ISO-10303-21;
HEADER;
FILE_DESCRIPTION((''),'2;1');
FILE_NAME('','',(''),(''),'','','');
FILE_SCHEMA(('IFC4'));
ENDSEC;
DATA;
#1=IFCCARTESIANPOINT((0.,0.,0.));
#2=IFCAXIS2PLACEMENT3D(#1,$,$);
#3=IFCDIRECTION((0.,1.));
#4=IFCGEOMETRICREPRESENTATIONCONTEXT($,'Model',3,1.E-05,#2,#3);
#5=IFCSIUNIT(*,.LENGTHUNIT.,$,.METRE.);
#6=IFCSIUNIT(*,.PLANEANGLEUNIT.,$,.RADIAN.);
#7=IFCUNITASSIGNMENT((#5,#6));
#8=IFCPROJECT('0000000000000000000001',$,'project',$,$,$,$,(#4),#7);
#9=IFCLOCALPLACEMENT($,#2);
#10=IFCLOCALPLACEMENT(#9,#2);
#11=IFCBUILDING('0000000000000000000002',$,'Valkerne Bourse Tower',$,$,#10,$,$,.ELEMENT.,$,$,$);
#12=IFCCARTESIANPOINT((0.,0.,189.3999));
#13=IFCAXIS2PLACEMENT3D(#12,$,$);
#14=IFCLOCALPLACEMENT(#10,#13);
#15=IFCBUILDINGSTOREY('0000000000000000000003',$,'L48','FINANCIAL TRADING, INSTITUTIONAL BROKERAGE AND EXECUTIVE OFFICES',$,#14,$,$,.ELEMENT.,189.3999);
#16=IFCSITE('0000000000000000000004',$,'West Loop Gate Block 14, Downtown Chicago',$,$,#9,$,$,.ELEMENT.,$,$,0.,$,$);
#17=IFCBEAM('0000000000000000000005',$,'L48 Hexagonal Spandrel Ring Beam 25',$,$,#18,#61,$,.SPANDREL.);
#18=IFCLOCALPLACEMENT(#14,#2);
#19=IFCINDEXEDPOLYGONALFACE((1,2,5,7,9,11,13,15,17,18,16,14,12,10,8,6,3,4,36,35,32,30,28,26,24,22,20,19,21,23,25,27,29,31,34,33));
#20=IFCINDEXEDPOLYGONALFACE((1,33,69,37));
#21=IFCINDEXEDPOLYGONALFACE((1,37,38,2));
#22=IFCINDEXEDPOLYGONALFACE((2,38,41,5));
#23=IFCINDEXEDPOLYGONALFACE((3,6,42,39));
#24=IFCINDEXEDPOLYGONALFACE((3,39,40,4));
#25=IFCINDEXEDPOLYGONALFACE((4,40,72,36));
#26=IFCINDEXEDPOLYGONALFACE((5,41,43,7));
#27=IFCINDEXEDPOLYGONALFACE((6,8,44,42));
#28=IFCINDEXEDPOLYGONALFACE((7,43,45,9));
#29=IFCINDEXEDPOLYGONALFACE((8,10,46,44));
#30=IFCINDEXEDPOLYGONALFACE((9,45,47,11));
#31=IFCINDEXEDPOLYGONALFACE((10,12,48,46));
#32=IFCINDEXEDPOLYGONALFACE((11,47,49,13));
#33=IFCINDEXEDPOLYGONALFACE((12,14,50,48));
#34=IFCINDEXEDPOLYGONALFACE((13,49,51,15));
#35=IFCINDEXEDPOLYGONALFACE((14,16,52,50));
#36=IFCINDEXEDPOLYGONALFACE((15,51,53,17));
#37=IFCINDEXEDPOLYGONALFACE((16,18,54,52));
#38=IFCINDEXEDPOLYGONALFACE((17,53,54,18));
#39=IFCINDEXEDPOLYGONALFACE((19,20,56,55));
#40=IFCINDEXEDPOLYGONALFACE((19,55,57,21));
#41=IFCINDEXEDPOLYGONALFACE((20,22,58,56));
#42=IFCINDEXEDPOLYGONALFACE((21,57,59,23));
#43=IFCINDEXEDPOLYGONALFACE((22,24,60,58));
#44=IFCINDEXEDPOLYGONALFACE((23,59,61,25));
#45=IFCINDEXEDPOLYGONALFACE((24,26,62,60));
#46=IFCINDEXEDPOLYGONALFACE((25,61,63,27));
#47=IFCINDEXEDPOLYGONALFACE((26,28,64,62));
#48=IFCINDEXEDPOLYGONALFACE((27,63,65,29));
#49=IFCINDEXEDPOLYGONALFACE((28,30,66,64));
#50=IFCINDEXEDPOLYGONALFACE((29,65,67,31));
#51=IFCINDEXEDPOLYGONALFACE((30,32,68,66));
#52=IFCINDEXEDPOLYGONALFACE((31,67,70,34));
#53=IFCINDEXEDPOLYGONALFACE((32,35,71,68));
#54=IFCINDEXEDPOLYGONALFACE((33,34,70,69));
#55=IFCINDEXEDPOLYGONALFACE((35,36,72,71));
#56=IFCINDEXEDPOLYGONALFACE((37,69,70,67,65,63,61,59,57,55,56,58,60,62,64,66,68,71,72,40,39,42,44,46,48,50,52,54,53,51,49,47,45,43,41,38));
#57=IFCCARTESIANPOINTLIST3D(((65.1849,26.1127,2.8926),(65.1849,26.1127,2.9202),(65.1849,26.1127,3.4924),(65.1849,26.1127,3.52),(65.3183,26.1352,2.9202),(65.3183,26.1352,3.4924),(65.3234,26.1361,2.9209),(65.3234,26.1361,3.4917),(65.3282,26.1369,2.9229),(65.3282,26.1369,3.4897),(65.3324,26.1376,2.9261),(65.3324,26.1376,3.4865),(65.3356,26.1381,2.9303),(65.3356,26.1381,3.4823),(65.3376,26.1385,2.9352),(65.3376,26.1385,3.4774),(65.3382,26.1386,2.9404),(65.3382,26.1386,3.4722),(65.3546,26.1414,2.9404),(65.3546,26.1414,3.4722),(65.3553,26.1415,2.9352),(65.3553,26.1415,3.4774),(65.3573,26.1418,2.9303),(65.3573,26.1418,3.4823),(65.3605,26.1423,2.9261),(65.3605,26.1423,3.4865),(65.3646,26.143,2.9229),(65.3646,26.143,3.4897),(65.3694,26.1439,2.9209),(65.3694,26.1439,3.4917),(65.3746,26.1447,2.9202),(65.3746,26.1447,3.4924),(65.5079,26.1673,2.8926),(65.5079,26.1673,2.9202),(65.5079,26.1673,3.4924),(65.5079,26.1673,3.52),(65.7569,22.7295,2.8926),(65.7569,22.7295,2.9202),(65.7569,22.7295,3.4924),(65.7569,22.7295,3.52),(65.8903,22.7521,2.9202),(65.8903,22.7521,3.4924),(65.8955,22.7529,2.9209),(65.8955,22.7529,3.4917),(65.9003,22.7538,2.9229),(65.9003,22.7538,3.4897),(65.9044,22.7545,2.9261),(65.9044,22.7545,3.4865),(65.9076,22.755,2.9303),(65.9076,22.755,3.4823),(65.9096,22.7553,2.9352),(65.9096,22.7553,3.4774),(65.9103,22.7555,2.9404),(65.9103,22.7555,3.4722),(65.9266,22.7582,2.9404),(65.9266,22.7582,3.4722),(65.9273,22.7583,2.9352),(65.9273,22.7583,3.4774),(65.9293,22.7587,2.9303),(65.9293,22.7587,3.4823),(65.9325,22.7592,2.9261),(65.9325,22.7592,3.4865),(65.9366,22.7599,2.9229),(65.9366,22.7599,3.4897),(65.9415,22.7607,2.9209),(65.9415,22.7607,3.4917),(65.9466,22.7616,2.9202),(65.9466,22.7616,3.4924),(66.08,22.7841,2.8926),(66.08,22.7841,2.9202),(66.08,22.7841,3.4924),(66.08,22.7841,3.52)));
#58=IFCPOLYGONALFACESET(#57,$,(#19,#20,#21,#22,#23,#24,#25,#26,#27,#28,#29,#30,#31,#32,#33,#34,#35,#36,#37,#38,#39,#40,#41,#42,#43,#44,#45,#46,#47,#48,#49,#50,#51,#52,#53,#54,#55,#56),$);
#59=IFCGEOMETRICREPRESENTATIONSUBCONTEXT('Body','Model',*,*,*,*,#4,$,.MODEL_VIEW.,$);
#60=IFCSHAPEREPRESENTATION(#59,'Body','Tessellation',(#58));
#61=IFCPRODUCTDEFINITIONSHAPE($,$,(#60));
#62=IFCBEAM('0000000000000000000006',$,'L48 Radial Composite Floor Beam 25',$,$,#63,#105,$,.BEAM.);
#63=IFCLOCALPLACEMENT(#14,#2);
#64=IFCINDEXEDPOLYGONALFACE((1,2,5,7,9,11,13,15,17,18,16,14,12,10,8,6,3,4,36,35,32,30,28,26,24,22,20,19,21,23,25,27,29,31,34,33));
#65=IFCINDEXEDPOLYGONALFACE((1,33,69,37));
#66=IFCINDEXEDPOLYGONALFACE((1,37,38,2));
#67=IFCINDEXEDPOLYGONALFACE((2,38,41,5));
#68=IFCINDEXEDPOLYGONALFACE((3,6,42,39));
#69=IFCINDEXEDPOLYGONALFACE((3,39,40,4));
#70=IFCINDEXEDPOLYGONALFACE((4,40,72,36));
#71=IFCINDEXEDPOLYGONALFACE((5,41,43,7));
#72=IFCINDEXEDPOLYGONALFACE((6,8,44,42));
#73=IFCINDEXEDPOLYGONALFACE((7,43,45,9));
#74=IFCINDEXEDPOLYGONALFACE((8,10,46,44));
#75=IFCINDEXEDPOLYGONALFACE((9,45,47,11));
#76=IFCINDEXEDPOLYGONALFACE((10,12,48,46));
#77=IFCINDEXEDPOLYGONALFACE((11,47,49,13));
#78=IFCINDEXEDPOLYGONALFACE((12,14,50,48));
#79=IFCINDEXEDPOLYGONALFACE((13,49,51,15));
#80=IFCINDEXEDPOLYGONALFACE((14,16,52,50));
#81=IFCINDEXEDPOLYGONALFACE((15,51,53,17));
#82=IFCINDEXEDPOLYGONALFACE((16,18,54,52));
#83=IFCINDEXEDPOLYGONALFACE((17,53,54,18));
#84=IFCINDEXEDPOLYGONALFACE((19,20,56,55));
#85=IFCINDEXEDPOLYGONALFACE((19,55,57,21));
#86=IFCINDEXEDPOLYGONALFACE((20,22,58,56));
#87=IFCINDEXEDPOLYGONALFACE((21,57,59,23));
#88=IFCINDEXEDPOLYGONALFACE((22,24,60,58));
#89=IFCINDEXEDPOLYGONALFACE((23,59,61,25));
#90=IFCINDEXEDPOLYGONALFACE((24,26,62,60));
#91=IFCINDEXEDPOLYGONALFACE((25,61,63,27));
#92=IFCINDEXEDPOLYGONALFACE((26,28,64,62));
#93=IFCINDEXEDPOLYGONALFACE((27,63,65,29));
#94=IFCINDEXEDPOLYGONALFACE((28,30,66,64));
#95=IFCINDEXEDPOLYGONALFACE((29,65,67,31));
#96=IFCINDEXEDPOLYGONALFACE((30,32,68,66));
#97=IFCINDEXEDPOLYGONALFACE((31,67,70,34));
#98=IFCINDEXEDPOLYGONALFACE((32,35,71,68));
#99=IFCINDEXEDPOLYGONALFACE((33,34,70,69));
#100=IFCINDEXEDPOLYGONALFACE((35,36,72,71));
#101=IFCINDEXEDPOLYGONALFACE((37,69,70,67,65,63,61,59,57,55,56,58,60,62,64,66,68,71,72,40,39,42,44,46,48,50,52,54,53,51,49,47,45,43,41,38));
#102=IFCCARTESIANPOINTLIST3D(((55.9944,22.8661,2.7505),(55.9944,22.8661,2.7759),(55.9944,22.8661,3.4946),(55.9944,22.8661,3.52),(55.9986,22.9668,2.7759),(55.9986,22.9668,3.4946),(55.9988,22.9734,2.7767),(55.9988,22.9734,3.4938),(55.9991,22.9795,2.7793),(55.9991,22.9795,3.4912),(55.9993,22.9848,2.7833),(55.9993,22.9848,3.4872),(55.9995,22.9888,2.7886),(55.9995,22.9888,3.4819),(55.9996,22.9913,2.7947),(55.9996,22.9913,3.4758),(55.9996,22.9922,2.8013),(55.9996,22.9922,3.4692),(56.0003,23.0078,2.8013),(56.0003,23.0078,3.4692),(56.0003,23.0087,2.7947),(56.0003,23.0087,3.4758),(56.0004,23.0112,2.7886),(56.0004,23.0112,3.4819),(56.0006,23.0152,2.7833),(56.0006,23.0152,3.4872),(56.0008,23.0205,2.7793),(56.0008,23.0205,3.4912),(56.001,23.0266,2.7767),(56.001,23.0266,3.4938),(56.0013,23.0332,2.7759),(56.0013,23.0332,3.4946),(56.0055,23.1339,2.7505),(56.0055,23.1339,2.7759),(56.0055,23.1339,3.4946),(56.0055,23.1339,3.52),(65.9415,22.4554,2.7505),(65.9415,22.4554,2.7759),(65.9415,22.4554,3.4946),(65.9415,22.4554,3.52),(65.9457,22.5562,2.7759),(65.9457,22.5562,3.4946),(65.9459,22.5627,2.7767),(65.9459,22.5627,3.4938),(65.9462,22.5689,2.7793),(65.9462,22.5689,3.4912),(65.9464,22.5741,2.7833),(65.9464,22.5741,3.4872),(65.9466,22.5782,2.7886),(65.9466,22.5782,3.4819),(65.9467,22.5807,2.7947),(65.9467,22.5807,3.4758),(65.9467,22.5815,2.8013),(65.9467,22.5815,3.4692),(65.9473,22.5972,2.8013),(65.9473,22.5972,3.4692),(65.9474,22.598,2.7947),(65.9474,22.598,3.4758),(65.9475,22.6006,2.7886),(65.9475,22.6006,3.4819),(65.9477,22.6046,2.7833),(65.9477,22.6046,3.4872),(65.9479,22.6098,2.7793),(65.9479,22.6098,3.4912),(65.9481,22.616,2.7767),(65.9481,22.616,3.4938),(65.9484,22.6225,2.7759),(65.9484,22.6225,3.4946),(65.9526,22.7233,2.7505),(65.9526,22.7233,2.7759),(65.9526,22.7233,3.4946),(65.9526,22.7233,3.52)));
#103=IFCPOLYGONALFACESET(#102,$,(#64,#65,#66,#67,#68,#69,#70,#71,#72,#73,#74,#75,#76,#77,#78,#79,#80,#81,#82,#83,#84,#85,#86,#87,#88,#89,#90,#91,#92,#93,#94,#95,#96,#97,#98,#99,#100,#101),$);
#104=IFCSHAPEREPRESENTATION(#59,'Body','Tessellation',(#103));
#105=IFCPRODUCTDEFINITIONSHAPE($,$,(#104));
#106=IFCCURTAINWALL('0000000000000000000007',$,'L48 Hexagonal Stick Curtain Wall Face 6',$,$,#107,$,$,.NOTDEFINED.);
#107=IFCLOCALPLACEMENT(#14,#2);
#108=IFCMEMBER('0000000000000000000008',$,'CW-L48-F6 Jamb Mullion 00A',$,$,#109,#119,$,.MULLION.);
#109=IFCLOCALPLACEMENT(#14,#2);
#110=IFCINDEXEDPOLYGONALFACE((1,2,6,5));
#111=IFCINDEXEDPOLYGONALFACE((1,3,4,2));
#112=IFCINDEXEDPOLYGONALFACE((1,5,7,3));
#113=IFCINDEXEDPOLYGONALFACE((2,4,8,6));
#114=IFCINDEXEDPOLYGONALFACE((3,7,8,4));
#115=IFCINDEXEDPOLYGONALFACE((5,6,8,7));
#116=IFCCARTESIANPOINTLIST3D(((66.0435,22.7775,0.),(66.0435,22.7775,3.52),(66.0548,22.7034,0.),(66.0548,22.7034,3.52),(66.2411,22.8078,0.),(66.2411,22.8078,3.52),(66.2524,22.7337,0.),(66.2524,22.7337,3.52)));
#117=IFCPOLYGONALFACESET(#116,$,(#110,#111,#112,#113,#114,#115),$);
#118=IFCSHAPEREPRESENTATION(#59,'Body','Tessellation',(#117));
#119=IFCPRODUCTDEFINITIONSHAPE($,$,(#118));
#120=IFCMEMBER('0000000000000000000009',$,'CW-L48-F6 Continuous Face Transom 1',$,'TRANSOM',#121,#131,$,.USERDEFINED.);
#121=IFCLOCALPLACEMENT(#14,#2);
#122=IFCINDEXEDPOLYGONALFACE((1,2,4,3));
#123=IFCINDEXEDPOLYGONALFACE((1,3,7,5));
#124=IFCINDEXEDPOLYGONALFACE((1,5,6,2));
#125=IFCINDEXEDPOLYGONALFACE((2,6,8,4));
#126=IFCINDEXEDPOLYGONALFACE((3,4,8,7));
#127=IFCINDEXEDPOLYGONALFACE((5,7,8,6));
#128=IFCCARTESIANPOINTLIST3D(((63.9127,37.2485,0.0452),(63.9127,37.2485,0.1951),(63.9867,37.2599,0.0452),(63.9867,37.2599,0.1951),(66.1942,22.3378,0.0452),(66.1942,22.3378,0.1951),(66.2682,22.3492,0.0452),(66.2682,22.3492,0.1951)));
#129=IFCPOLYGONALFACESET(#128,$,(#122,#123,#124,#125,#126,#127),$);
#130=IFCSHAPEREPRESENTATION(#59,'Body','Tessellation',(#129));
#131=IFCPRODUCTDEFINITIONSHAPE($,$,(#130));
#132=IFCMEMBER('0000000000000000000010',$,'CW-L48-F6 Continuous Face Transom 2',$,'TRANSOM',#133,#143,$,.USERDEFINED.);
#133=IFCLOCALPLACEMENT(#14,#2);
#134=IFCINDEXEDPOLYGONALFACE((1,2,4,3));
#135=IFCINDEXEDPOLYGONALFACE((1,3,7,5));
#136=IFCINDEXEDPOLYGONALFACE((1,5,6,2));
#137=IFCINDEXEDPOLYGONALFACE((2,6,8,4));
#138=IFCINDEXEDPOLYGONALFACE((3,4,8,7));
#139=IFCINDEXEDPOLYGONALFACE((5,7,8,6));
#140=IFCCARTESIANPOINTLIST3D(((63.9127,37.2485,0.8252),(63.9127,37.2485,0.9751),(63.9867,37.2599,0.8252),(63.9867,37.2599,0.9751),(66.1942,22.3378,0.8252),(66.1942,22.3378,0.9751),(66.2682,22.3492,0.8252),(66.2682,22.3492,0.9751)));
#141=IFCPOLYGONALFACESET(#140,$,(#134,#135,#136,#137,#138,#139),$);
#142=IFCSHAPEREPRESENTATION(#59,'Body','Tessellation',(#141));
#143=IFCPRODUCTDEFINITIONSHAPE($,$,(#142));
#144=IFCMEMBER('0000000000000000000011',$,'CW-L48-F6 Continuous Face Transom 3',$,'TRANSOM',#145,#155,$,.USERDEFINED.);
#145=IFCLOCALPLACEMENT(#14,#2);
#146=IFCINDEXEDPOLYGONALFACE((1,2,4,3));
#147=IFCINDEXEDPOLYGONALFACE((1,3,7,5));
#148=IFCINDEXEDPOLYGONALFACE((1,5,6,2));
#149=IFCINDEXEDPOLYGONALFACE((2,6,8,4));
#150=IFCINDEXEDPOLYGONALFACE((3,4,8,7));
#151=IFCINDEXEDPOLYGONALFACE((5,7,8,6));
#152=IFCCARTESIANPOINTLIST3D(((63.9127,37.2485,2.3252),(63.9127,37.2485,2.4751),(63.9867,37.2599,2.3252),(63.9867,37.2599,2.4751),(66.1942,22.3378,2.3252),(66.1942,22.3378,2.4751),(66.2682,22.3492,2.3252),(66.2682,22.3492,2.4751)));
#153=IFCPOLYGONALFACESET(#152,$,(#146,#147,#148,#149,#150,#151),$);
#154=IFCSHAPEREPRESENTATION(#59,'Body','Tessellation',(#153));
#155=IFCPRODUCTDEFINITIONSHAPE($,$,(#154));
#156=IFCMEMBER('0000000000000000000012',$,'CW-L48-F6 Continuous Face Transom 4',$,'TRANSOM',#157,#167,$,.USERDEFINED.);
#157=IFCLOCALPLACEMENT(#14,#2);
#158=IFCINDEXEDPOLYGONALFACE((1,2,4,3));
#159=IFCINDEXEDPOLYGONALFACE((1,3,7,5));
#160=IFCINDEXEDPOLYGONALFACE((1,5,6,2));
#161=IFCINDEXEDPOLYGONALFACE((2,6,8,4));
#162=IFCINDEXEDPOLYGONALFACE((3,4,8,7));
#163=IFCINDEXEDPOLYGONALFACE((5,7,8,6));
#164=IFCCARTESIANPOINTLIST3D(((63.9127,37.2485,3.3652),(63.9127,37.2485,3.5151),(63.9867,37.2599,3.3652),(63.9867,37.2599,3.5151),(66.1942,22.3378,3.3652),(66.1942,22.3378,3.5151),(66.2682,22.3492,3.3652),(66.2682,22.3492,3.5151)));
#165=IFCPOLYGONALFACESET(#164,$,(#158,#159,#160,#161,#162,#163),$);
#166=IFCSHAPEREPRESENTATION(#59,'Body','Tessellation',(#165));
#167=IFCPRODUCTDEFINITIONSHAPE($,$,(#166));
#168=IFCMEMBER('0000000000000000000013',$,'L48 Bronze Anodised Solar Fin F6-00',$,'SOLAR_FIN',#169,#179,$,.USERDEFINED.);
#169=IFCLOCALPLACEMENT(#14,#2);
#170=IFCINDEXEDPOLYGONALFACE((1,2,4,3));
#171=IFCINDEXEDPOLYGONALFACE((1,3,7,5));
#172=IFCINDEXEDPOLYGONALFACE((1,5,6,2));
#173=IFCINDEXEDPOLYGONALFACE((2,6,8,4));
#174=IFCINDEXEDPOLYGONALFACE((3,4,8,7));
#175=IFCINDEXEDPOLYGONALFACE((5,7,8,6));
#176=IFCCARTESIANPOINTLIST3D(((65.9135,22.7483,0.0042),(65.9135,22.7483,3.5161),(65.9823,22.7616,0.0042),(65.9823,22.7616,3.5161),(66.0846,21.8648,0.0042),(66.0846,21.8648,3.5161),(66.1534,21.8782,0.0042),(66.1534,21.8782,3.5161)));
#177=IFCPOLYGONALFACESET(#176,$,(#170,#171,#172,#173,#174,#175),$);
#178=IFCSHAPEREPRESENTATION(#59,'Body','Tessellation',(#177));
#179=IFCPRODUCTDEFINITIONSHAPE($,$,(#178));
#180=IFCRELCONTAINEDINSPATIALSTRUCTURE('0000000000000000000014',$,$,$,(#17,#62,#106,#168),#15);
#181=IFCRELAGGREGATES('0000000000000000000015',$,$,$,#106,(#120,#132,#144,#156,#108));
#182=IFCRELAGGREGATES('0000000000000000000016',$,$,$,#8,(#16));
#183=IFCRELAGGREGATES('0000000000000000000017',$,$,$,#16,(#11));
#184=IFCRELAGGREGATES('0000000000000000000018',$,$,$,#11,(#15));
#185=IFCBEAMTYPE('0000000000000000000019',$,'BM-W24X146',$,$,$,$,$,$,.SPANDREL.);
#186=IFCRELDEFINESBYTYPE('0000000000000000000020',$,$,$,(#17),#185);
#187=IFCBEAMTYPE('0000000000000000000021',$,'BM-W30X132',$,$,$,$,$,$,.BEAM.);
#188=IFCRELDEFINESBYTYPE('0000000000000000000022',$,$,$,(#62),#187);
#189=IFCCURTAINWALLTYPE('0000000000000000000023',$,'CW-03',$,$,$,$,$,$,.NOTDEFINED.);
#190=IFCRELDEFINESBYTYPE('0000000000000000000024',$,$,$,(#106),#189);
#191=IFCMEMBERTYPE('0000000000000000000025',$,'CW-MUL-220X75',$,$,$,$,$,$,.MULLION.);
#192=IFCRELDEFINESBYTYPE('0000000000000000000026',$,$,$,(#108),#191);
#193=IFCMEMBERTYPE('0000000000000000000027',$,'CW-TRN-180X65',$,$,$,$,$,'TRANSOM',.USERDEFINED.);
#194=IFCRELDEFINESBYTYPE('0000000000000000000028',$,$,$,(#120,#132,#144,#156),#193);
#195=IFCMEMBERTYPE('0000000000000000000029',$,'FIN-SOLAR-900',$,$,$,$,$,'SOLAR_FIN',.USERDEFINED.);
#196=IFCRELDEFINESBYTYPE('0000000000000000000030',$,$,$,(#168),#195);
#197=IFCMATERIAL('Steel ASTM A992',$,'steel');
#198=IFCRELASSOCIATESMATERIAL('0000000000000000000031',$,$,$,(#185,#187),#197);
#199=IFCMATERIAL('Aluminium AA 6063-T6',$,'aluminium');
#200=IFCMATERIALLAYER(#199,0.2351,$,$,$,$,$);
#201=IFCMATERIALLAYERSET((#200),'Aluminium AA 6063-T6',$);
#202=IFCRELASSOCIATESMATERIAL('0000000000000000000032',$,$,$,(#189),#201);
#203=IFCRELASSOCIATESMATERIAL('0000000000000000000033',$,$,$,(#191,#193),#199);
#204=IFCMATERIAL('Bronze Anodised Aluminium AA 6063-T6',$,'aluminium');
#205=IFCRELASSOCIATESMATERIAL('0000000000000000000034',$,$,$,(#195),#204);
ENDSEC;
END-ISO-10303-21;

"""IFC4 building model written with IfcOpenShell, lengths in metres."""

from ifc_helpers import new_model, si_unit, direction, frame, origin, origin_2d, place, context, subcontext, project, spatial, rectangle, i_section, extrude, material, layer, layer_set, material_profile, profile_set, type_object, element, aggregate, save


model = new_model("IFC4")

# Units and contexts
model_context = context("Model", 3, precision=1e-05, world=origin(), true_north=direction((0.0, 1.0)))
body_context = subcontext(model_context, "Body", "Model", "MODEL_VIEW")
ifc_project = project(units=[si_unit("LENGTHUNIT", "METRE"), si_unit("PLANEANGLEUNIT", "RADIAN")], contexts=[model_context])

# Site, building, storey
site_placement = place(None, origin())
site = spatial("IfcSite", under=ifc_project, at=site_placement, Name="West Loop Gate Block 14, Downtown Chicago", CompositionType="ELEMENT", RefElevation=0.0)
building_placement = place(site_placement, origin())
building = spatial("IfcBuilding", under=site, at=building_placement, Name="Valkerne Bourse Tower", CompositionType="ELEMENT")
storey_placement = place(building_placement, frame((0.0, 0.0, 189.3999)))
storey = spatial("IfcBuildingStorey", under=building, at=storey_placement, Name="L48", Description="FINANCIAL TRADING, INSTITUTIONAL BROKERAGE AND EXECUTIVE OFFICES", CompositionType="ELEMENT", Elevation=189.3999)

# Beams
ifc_material_1 = material(Name="Steel ASTM A992", Category="steel")
ifc_material_profile_1 = material_profile(ifc_material_1, i_section(OverallWidth=0.3276, OverallDepth=0.6274, WebThickness=0.0166, FlangeThickness=0.0276, FilletRadius=0.0203, at=origin_2d()), Name="W24X146")
ifc_profile_set_1 = profile_set([ifc_material_profile_1], Name="Steel ASTM A992")
beam_type_1 = type_object("IfcBeamType", Name="BM-W24X146", PredefinedType="SPANDREL", material=ifc_profile_set_1)
beam_1_placement = place(storey_placement, frame((65.9185, 22.7568, 3.2063), z_axis=(-0.166718, 0.986005, 0.0), x_axis=(-0.986005, -0.166718, 0.0)))
element("IfcBeam", 1, at=beam_1_placement, inside=storey, type_object=beam_type_1, Name="L48 Hexagonal Spandrel Ring Beam 25", PredefinedType="SPANDREL", context=body_context, shape_type="SweptSolid", body=[
    extrude(i_section(OverallWidth=0.3276, OverallDepth=0.6274, WebThickness=0.0166, FlangeThickness=0.0276, FilletRadius=0.0203, at=origin_2d()), origin(), (0.0, 0.0, 1.0), 3.4312),
])
ifc_material_profile_2 = material_profile(ifc_material_1, i_section(OverallWidth=0.2681, OverallDepth=0.7695, WebThickness=0.0156, FlangeThickness=0.0254, FilletRadius=0.0254, at=origin_2d()), Name="W30X132")
ifc_profile_set_2 = profile_set([ifc_material_profile_2], Name="Steel ASTM A992")
beam_type_2 = type_object("IfcBeamType", Name="BM-W30X132", PredefinedType="BEAM", material=ifc_profile_set_2)
beam_2_placement = place(storey_placement, frame((65.947, 22.5894, 3.1353), z_axis=(-0.999149, 0.041248, 0.0), x_axis=(-0.041248, -0.999149, 0.0)))
element("IfcBeam", 2, at=beam_2_placement, inside=storey, type_object=beam_type_2, Name="L48 Radial Composite Floor Beam 25", PredefinedType="BEAM", context=body_context, shape_type="SweptSolid", body=[
    extrude(i_section(OverallWidth=0.2681, OverallDepth=0.7695, WebThickness=0.0156, FlangeThickness=0.0254, FilletRadius=0.0254, at=origin_2d()), origin(), (0.0, 0.0, 1.0), 9.9556),
])

# Curtain wall, members
ifc_material_2 = material(Name="Aluminium AA 6063-T6", Category="aluminium")
ifc_layer_1 = layer(ifc_material_2, 0.2351)
ifc_layer_set_1 = layer_set([ifc_layer_1], Name="Aluminium AA 6063-T6")
curtain_wall_type = type_object("IfcCurtainWallType", Name="CW-03", PredefinedType="NOTDEFINED", material=ifc_layer_set_1)
curtain_wall_placement = place(storey_placement, origin())
curtain_wall = element("IfcCurtainWall", 3, at=curtain_wall_placement, inside=storey, type_object=curtain_wall_type, Name="L48 Hexagonal Stick Curtain Wall Face 6", PredefinedType="NOTDEFINED")
ifc_material_profile_3 = material_profile(ifc_material_2, rectangle(XDim=0.075, YDim=0.2, at=origin_2d()), Name="CWM-75X200")
ifc_profile_set_3 = profile_set([ifc_material_profile_3], Name="Aluminium AA 6063-T6")
member_type_1 = type_object("IfcMemberType", Name="CW-MUL-220X75", PredefinedType="MULLION", material=ifc_profile_set_3)
member_1_placement = place(storey_placement, frame((66.1479, 22.7556, 0.0), z_axis=(0.0, 0.0, 1.0), x_axis=(-0.15126, 0.988494, 0.0)))
member_1 = element("IfcMember", 4, at=member_1_placement, type_object=member_type_1, Name="CW-L48-F6 Jamb Mullion 00A", PredefinedType="MULLION", context=body_context, shape_type="SweptSolid", body=[
    extrude(rectangle(XDim=0.075, YDim=0.2, at=origin_2d()), origin(), (0.0, 0.0, 1.0), 3.52),
])
ifc_material_profile_4 = material_profile(ifc_material_2, rectangle(XDim=0.075, YDim=0.1499, at=origin_2d()), Name="CWT-75X150")
ifc_profile_set_4 = profile_set([ifc_material_profile_4], Name="Aluminium AA 6063-T6")
member_type_2 = type_object("IfcMemberType", Name="CW-TRN-180X65", ElementType="TRANSOM", PredefinedType="USERDEFINED", material=ifc_profile_set_4)
member_2_placement = place(storey_placement, frame((66.2312, 22.3435, 0.1201), z_axis=(-0.151251, 0.988495, 0.0), x_axis=(-0.988495, -0.151251, 0.0)))
member_2 = element("IfcMember", 5, at=member_2_placement, type_object=member_type_2, Name="CW-L48-F6 Continuous Face Transom 1", ObjectType="TRANSOM", PredefinedType="USERDEFINED", context=body_context, shape_type="SweptSolid", body=[
    extrude(rectangle(XDim=0.075, YDim=0.1499, at=origin_2d()), origin(), (0.0, 0.0, 1.0), 15.0842),
])
member_3_placement = place(storey_placement, frame((66.2312, 22.3435, 0.9001), z_axis=(-0.151251, 0.988495, 0.0), x_axis=(-0.988495, -0.151251, 0.0)))
member_3 = element("IfcMember", 6, at=member_3_placement, type_object=member_type_2, Name="CW-L48-F6 Continuous Face Transom 2", ObjectType="TRANSOM", PredefinedType="USERDEFINED", context=body_context, shape_type="SweptSolid", body=[
    extrude(rectangle(XDim=0.075, YDim=0.1499, at=origin_2d()), origin(), (0.0, 0.0, 1.0), 15.0842),
])
member_4_placement = place(storey_placement, frame((66.2312, 22.3435, 2.4001), z_axis=(-0.151251, 0.988495, 0.0), x_axis=(-0.988495, -0.151251, 0.0)))
member_4 = element("IfcMember", 7, at=member_4_placement, type_object=member_type_2, Name="CW-L48-F6 Continuous Face Transom 3", ObjectType="TRANSOM", PredefinedType="USERDEFINED", context=body_context, shape_type="SweptSolid", body=[
    extrude(rectangle(XDim=0.075, YDim=0.1499, at=origin_2d()), origin(), (0.0, 0.0, 1.0), 15.0842),
])
member_5_placement = place(storey_placement, frame((66.2312, 22.3435, 3.4402), z_axis=(-0.151251, 0.988495, 0.0), x_axis=(-0.988495, -0.151251, 0.0)))
member_5 = element("IfcMember", 8, at=member_5_placement, type_object=member_type_2, Name="CW-L48-F6 Continuous Face Transom 4", ObjectType="TRANSOM", PredefinedType="USERDEFINED", context=body_context, shape_type="SweptSolid", body=[
    extrude(rectangle(XDim=0.075, YDim=0.1499, at=origin_2d()), origin(), (0.0, 0.0, 1.0), 15.0842),
])

# Member
ifc_material_3 = material(Name="Bronze Anodised Aluminium AA 6063-T6", Category="aluminium")
ifc_material_profile_5 = material_profile(ifc_material_3, rectangle(XDim=0.0701, YDim=0.8999, at=origin_2d()), Name="FIN-70X900")
ifc_profile_set_5 = profile_set([ifc_material_profile_5], Name="Bronze Anodised Aluminium AA 6063-T6")
member_type_3 = type_object("IfcMemberType", Name="FIN-SOLAR-900", ElementType="SOLAR_FIN", PredefinedType="USERDEFINED", material=ifc_profile_set_5)
member_6_placement = place(storey_placement, frame((66.0334, 22.3132, 0.0042), z_axis=(0.0, 0.0, 1.0), x_axis=(0.981752, 0.190165, 0.0)))
element("IfcMember", 9, at=member_6_placement, inside=storey, type_object=member_type_3, Name="L48 Bronze Anodised Solar Fin F6-00", ObjectType="SOLAR_FIN", PredefinedType="USERDEFINED", context=body_context, shape_type="SweptSolid", body=[
    extrude(rectangle(XDim=0.0701, YDim=0.8999, at=origin_2d()), origin(), (0.0, 0.0, 1.0), 3.512),
])

aggregate(curtain_wall, [member_2, member_3, member_4, member_5, member_1])

save(model, "model.ifc")
